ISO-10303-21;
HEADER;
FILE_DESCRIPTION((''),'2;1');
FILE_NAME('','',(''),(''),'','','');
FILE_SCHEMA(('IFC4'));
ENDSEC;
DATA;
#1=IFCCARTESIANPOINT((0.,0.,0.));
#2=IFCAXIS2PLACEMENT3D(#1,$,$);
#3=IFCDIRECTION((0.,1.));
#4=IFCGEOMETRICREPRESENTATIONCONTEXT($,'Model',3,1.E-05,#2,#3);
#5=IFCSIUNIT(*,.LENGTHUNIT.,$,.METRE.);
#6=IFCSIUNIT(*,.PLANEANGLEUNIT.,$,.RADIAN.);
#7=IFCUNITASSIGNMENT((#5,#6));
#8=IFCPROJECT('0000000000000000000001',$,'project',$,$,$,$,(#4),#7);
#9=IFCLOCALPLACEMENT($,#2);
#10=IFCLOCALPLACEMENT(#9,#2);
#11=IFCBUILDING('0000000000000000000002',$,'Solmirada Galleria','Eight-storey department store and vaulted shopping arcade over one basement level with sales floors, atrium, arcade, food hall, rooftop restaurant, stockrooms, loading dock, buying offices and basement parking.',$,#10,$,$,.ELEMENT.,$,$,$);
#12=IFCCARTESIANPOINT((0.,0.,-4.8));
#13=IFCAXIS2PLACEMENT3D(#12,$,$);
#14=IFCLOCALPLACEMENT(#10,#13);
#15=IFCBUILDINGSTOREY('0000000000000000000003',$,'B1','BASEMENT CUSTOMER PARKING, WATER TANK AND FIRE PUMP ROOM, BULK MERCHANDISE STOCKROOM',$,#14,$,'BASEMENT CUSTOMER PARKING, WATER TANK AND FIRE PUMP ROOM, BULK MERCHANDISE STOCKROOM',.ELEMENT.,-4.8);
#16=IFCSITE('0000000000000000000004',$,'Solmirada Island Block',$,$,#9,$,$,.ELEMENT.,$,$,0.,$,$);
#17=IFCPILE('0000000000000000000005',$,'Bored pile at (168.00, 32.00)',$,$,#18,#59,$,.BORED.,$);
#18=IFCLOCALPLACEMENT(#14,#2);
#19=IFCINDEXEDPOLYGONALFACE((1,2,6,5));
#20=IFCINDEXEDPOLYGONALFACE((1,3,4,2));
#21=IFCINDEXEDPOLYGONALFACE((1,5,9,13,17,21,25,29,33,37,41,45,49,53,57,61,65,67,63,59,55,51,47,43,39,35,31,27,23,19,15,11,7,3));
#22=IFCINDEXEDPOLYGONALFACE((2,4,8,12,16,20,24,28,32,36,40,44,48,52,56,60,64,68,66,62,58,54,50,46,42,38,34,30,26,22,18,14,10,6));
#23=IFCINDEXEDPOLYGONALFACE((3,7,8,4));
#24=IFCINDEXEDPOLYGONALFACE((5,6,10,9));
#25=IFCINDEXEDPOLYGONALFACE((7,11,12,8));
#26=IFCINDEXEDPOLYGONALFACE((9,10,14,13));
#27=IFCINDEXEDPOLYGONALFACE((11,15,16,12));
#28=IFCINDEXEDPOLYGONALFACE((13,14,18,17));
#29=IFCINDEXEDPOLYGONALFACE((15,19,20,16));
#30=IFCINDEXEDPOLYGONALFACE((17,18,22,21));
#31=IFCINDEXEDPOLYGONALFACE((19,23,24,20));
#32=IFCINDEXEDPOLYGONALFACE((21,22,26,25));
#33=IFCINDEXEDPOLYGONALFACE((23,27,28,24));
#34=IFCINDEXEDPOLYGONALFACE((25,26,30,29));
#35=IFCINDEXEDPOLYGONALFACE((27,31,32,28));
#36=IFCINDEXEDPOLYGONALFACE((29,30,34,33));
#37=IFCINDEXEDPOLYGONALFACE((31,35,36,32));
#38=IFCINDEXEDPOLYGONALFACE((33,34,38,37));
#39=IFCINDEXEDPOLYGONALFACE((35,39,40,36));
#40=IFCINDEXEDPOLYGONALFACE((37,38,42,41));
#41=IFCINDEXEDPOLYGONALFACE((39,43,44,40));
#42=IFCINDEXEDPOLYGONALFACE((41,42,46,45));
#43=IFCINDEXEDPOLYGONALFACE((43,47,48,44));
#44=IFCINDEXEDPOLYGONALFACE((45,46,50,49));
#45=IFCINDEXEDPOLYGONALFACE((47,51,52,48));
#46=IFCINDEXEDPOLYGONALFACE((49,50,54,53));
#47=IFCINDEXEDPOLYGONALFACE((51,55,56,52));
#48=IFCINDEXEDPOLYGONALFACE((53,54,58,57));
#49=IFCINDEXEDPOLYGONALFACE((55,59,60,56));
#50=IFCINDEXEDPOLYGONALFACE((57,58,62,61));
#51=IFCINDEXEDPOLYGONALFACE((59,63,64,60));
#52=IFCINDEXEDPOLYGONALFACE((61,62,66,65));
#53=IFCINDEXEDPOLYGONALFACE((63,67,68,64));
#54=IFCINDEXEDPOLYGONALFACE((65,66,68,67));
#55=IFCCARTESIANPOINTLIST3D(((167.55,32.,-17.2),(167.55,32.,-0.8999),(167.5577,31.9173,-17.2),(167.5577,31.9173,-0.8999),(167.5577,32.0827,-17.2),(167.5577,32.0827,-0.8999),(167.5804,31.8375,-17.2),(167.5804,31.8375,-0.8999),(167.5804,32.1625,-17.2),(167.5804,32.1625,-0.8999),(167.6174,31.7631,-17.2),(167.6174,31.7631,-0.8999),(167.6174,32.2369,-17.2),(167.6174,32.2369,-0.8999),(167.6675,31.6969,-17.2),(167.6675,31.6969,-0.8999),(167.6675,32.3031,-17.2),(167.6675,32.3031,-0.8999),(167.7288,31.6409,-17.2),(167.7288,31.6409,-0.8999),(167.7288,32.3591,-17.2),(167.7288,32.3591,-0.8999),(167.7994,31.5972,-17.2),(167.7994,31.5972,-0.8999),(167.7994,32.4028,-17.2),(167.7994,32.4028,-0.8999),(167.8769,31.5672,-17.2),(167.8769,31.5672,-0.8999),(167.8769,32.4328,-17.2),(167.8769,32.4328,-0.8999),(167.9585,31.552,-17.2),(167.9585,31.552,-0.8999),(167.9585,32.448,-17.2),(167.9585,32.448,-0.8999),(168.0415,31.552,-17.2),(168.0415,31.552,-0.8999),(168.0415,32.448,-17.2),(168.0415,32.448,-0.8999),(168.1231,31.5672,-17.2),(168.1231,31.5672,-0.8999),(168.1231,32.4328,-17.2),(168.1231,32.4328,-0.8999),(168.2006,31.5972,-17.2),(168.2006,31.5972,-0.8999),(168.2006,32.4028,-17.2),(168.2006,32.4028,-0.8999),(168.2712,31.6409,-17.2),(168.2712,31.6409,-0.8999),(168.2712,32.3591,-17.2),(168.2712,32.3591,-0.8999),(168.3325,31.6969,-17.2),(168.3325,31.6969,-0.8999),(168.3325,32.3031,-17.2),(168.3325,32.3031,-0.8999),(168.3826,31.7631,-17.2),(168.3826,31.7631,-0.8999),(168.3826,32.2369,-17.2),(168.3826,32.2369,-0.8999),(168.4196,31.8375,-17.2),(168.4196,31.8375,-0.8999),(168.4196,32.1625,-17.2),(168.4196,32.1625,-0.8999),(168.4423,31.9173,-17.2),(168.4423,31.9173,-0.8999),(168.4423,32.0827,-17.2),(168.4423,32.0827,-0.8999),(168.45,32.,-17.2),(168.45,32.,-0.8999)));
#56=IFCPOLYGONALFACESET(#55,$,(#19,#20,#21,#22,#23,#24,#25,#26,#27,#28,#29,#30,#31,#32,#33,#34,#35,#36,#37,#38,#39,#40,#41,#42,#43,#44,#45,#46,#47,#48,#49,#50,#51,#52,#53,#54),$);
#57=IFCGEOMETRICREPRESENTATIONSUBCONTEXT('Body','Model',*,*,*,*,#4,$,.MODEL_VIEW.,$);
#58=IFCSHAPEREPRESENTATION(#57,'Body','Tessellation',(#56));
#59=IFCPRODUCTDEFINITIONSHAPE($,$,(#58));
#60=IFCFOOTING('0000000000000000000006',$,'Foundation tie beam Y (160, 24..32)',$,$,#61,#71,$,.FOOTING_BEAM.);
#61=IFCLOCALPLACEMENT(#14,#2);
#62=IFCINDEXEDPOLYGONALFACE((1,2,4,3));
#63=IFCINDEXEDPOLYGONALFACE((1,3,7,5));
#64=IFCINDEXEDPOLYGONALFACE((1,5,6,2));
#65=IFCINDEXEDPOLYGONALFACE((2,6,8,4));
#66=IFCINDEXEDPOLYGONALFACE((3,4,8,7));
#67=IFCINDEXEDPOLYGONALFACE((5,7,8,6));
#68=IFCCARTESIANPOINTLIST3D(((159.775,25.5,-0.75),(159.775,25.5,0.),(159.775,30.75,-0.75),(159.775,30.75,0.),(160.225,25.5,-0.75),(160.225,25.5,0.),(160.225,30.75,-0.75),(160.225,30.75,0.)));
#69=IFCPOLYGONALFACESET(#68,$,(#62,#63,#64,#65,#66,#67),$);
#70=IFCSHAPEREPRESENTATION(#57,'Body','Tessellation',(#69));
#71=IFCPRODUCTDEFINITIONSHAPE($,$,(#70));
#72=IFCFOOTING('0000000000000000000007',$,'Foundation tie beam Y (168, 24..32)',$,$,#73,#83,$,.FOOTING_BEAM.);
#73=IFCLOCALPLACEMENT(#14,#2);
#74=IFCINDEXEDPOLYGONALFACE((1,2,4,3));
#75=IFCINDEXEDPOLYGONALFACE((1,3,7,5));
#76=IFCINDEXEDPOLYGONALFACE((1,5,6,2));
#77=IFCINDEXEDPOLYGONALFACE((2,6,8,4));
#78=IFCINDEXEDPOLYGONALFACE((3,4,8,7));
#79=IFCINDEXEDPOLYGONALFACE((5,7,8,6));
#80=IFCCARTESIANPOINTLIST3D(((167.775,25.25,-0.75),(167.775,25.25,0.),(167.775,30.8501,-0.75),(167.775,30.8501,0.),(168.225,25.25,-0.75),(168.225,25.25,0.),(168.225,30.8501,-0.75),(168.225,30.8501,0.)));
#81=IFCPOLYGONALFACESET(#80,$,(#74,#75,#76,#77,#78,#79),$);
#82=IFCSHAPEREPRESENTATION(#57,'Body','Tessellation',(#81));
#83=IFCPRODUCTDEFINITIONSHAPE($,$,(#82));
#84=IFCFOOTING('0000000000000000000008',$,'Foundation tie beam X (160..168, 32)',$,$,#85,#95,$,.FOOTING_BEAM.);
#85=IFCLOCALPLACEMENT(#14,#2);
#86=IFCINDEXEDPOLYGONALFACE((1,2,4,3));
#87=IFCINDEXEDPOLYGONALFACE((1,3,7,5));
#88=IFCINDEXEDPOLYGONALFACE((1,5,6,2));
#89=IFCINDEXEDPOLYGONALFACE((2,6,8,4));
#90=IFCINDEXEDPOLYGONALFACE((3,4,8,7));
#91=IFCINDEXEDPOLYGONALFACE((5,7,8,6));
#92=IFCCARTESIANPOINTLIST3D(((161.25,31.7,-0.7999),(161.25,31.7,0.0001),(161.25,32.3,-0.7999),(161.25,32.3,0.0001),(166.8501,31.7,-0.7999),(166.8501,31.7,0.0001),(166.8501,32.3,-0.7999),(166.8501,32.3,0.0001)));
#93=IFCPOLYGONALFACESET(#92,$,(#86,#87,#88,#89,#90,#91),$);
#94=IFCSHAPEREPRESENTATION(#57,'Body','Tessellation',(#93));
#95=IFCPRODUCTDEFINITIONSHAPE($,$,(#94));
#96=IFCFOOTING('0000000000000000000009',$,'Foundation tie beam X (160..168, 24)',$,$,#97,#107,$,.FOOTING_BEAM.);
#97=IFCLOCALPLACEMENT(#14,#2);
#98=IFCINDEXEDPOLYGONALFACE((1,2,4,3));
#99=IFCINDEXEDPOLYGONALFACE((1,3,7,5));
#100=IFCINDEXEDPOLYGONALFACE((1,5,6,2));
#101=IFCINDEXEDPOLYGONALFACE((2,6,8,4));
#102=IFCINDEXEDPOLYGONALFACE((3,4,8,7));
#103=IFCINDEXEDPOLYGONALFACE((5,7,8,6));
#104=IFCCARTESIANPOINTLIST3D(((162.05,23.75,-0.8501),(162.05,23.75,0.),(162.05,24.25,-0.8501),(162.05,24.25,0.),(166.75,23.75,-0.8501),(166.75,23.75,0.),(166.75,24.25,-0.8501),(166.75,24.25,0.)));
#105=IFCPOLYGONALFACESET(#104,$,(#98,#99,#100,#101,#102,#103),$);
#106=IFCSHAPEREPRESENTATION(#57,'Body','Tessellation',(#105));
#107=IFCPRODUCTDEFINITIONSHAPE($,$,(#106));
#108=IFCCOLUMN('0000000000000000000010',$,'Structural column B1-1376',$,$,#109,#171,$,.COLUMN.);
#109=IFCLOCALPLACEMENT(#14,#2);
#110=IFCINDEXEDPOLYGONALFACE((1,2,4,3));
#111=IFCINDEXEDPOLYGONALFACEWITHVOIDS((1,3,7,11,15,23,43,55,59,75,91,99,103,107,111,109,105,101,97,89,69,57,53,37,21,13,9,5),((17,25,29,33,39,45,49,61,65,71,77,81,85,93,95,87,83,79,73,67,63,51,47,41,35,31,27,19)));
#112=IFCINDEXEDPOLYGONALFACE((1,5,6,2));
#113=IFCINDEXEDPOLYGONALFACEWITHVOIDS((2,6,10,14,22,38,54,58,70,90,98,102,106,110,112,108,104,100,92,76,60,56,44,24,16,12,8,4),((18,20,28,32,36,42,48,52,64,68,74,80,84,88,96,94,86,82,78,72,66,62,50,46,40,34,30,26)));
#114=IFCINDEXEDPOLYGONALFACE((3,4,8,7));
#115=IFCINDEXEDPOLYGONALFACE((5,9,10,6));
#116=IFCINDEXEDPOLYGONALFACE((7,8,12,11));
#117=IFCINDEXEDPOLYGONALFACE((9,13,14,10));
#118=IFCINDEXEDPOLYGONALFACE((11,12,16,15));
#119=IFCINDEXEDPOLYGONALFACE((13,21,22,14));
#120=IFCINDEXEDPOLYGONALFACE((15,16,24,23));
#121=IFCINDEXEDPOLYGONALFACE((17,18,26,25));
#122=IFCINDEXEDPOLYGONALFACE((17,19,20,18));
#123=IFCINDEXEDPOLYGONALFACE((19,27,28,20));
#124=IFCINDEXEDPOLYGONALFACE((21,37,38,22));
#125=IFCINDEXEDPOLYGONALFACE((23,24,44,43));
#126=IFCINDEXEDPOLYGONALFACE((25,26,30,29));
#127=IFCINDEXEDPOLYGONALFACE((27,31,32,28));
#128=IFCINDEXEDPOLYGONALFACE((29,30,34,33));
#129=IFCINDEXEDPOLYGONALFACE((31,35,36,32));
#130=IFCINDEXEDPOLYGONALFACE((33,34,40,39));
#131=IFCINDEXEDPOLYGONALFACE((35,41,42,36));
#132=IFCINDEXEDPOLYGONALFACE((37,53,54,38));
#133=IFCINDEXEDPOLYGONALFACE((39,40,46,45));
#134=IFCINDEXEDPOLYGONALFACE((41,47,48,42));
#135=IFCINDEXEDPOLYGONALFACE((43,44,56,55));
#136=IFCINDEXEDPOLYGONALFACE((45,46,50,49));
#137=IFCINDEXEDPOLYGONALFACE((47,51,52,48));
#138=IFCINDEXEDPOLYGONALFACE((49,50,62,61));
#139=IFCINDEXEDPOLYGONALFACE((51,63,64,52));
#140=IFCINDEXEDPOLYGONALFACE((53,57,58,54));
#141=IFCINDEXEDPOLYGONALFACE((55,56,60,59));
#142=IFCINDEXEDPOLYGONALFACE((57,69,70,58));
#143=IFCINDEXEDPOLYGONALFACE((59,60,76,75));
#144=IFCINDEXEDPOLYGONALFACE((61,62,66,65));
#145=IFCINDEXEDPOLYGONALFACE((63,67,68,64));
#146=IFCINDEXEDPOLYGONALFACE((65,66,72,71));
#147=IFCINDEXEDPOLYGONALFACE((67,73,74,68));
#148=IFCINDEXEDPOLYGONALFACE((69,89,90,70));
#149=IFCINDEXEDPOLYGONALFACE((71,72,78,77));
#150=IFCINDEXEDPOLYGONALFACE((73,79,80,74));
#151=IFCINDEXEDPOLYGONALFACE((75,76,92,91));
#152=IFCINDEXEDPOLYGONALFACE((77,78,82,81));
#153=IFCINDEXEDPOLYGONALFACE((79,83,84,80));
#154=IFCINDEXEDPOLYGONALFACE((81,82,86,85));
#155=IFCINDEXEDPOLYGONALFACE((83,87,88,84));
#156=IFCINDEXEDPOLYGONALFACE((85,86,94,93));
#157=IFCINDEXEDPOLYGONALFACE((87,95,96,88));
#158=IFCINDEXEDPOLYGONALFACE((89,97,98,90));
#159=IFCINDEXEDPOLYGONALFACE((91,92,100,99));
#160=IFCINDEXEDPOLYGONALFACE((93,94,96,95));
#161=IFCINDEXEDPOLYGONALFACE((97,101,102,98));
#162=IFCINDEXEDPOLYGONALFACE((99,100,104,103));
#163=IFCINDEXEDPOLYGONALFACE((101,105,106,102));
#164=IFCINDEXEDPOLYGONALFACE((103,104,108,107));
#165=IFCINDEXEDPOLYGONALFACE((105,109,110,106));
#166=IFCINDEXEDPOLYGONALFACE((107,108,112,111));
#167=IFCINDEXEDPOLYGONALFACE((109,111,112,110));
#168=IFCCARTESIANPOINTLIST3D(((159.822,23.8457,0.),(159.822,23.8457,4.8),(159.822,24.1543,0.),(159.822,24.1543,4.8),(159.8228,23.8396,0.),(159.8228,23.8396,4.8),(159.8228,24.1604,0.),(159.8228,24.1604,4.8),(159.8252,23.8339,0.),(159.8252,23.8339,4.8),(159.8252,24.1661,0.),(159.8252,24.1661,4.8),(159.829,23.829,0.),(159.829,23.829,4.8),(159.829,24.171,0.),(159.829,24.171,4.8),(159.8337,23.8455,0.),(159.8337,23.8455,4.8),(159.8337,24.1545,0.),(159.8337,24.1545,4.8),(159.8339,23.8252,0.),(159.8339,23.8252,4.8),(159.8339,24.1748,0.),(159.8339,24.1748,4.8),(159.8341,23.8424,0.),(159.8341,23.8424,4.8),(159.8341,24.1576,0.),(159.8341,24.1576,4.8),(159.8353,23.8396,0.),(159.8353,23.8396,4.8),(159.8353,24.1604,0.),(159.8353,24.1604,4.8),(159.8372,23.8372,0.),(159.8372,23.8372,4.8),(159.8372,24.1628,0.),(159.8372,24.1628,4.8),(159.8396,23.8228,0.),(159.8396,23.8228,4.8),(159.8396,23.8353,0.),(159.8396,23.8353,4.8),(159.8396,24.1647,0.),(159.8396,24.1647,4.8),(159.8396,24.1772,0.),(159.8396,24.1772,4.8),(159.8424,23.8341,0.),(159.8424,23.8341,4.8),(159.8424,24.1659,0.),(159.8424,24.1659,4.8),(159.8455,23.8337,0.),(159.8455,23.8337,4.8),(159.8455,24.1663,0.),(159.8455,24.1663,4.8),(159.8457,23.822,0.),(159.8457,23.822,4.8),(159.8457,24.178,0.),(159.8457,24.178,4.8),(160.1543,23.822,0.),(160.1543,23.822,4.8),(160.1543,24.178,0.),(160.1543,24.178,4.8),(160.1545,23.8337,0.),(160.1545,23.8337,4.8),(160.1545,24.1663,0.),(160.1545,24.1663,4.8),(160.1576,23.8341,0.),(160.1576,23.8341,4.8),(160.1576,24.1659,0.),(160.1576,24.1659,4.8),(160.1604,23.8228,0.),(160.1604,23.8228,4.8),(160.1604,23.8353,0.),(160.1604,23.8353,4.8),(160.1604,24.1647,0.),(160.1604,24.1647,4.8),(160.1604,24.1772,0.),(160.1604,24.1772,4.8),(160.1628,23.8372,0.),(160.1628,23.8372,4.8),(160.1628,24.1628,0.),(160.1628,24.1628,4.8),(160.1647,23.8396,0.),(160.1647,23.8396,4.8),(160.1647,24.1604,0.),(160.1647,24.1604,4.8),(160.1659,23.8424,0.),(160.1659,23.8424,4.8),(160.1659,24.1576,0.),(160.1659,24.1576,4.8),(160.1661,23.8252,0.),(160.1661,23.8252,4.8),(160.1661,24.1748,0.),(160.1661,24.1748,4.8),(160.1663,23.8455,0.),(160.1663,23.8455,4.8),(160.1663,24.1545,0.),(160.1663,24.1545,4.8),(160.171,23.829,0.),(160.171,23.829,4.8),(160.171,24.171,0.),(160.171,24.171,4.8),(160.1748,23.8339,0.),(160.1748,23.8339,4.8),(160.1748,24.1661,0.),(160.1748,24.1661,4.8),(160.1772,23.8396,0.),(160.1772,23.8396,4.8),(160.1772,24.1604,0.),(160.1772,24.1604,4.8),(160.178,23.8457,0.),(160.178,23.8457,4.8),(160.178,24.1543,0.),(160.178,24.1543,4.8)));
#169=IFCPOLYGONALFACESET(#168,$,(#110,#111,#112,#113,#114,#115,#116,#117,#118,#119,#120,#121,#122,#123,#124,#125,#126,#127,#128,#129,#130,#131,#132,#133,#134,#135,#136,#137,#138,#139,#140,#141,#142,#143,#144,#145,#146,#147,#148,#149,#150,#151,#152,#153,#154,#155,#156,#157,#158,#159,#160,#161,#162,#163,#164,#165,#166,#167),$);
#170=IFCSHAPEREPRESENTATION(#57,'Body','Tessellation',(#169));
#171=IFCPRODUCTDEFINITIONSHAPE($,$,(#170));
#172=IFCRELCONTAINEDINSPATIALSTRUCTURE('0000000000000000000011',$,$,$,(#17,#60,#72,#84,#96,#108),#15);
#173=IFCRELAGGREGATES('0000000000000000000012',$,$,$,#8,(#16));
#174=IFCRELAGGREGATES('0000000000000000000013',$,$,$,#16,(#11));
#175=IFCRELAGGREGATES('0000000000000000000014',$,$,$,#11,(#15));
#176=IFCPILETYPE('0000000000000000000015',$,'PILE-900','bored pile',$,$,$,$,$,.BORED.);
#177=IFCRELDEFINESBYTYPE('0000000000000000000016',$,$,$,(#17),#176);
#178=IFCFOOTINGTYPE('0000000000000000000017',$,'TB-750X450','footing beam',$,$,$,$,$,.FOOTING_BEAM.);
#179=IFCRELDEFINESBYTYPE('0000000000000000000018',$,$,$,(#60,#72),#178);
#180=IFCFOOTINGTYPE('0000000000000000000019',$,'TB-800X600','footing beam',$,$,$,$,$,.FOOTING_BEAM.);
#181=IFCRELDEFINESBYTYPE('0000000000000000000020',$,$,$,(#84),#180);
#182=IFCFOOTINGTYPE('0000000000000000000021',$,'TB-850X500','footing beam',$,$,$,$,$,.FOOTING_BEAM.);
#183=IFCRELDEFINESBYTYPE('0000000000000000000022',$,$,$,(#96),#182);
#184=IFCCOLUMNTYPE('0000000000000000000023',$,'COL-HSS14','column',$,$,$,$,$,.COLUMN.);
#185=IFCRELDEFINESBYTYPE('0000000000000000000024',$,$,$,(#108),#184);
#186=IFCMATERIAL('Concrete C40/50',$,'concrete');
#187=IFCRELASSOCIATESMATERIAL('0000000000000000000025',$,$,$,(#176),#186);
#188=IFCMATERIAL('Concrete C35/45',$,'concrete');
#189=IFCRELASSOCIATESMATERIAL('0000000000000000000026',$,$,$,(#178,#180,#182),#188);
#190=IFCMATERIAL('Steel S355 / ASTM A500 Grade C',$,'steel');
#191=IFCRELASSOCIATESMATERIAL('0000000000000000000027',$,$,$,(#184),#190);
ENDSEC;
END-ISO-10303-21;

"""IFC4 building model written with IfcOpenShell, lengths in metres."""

from ifc_helpers import new_model, si_unit, direction, frame, origin, origin_2d, place, context, subcontext, project, spatial, rectangle, hollow_rectangle, circle, extrude, material, material_profile, profile_set, type_object, element, save


model = new_model("IFC4")

# Units and contexts
model_context = context("Model", 3, precision=1e-05, world=origin(), true_north=direction((0.0, 1.0)))
body_context = subcontext(model_context, "Body", "Model", "MODEL_VIEW")
ifc_project = project(units=[si_unit("LENGTHUNIT", "METRE"), si_unit("PLANEANGLEUNIT", "RADIAN")], contexts=[model_context])

# Site, building, storey
site_placement = place(None, origin())
site = spatial("IfcSite", under=ifc_project, at=site_placement, Name="Solmirada Island Block", CompositionType="ELEMENT", RefElevation=0.0)
building_placement = place(site_placement, origin())
building = spatial("IfcBuilding", under=site, at=building_placement, Name="Solmirada Galleria", Description="Eight-storey department store and vaulted shopping arcade over one basement level with sales floors, atrium, arcade, food hall, rooftop restaurant, stockrooms, loading dock, buying offices and basement parking.", CompositionType="ELEMENT")
storey_placement = place(building_placement, frame((0.0, 0.0, -4.8)))
storey = spatial("IfcBuildingStorey", under=building, at=storey_placement, Name="B1", Description="BASEMENT CUSTOMER PARKING, WATER TANK AND FIRE PUMP ROOM, BULK MERCHANDISE STOCKROOM", LongName="BASEMENT CUSTOMER PARKING, WATER TANK AND FIRE PUMP ROOM, BULK MERCHANDISE STOCKROOM", CompositionType="ELEMENT", Elevation=-4.8)

# Shared definitions
ifc_material_1 = material(Name="Concrete C35/45", Category="concrete")

# Pile
ifc_material_2 = material(Name="Concrete C40/50", Category="concrete")
ifc_material_profile_1 = material_profile(ifc_material_2, circle(Radius=0.45, at=origin_2d()), Name="PILE900")
ifc_profile_set_1 = profile_set([ifc_material_profile_1], Name="Concrete C40/50")
pile_type = type_object("IfcPileType", Name="PILE-900", Description="bored pile", PredefinedType="BORED", material=ifc_profile_set_1)
for number, where, z_axis, x_axis, name in (
    (1, (168.0, 32.0, -0.8999), (0.0, 0.0, -1.0), (1.0, 0.0, 0.0), "Bored pile at (168.00, 32.00)"),
):
    element("IfcPile", number, at=place(storey_placement, frame(where, z_axis=z_axis, x_axis=x_axis)), inside=storey, type_object=pile_type, Name=name, PredefinedType="BORED", context=body_context, shape_type="SweptSolid", body=[
        extrude(circle(Radius=0.45, at=origin_2d()), origin(), (0.0, 0.0, 1.0), 16.3),
    ])

# Footings
ifc_material_profile_2 = material_profile(ifc_material_1, rectangle(XDim=0.45, YDim=0.75, at=origin_2d()), Name="RC750X450")
ifc_profile_set_2 = profile_set([ifc_material_profile_2], Name="Concrete C35/45")
footing_type_1 = type_object("IfcFootingType", Name="TB-750X450", Description="footing beam", PredefinedType="FOOTING_BEAM", material=ifc_profile_set_2)
footing_1_placement = place(storey_placement, frame((160.0, 25.5, -0.375), z_axis=(0.0, 1.0, 0.0), x_axis=(-1.0, 0.0, 0.0)))
element("IfcFooting", 2, at=footing_1_placement, inside=storey, type_object=footing_type_1, Name="Foundation tie beam Y (160, 24..32)", PredefinedType="FOOTING_BEAM", context=body_context, shape_type="SweptSolid", body=[
    extrude(rectangle(XDim=0.45, YDim=0.75, at=origin_2d()), origin(), (0.0, 0.0, 1.0), 5.25),
])
footing_2_placement = place(storey_placement, frame((168.0, 25.25, -0.375), z_axis=(0.0, 1.0, 0.0), x_axis=(-1.0, 0.0, 0.0)))
element("IfcFooting", 3, at=footing_2_placement, inside=storey, type_object=footing_type_1, Name="Foundation tie beam Y (168, 24..32)", PredefinedType="FOOTING_BEAM", context=body_context, shape_type="SweptSolid", body=[
    extrude(rectangle(XDim=0.45, YDim=0.75, at=origin_2d()), origin(), (0.0, 0.0, 1.0), 5.6001),
])
ifc_material_profile_3 = material_profile(ifc_material_1, rectangle(XDim=0.6001, YDim=0.8, at=origin_2d()), Name="RC800X600")
ifc_profile_set_3 = profile_set([ifc_material_profile_3], Name="Concrete C35/45")
footing_type_2 = type_object("IfcFootingType", Name="TB-800X600", Description="footing beam", PredefinedType="FOOTING_BEAM", material=ifc_profile_set_3)
footing_3_placement = place(storey_placement, frame((161.25, 32.0, -0.3999), z_axis=(1.0, 0.0, 0.0), x_axis=(0.0, 1.0, 0.0)))
element("IfcFooting", 4, at=footing_3_placement, inside=storey, type_object=footing_type_2, Name="Foundation tie beam X (160..168, 32)", PredefinedType="FOOTING_BEAM", context=body_context, shape_type="SweptSolid", body=[
    extrude(rectangle(XDim=0.6001, YDim=0.8, at=origin_2d()), origin(), (0.0, 0.0, 1.0), 5.6001),
])
ifc_material_profile_4 = material_profile(ifc_material_1, rectangle(XDim=0.5, YDim=0.8501, at=origin_2d()), Name="RC850X500")
ifc_profile_set_4 = profile_set([ifc_material_profile_4], Name="Concrete C35/45")
footing_type_3 = type_object("IfcFootingType", Name="TB-850X500", Description="footing beam", PredefinedType="FOOTING_BEAM", material=ifc_profile_set_4)
footing_4_placement = place(storey_placement, frame((162.05, 24.0, -0.425), z_axis=(1.0, 0.0, 0.0), x_axis=(0.0, 1.0, 0.0)))
element("IfcFooting", 5, at=footing_4_placement, inside=storey, type_object=footing_type_3, Name="Foundation tie beam X (160..168, 24)", PredefinedType="FOOTING_BEAM", context=body_context, shape_type="SweptSolid", body=[
    extrude(rectangle(XDim=0.5, YDim=0.8501, at=origin_2d()), origin(), (0.0, 0.0, 1.0), 4.7),
])

# Column
ifc_material_3 = material(Name="Steel S355 / ASTM A500 Grade C", Category="steel")
ifc_material_profile_5 = material_profile(ifc_material_3, hollow_rectangle(XDim=0.356, YDim=0.356, WallThickness=0.0117, InnerFilletRadius=0.0117, OuterFilletRadius=0.0237, at=origin_2d()), Name="HSS14X14X1/2")
ifc_profile_set_5 = profile_set([ifc_material_profile_5], Name="Steel S355 / ASTM A500 Grade C")
column_type = type_object("IfcColumnType", Name="COL-HSS14", Description="column", PredefinedType="COLUMN", material=ifc_profile_set_5)
for number, where, z_axis, x_axis, name in (
    (6, (160.0, 24.0, 0.0), (0.0, 0.0, 1.0), (1.0, 0.0, 0.0), "Structural column B1-1376"),
):
    element("IfcColumn", number, at=place(storey_placement, frame(where, z_axis=z_axis, x_axis=x_axis)), inside=storey, type_object=column_type, Name=name, PredefinedType="COLUMN", context=body_context, shape_type="SweptSolid", body=[
        extrude(hollow_rectangle(XDim=0.356, YDim=0.356, WallThickness=0.0117, InnerFilletRadius=0.0117, OuterFilletRadius=0.0237, at=origin_2d()), origin(), (0.0, 0.0, 1.0), 4.8),
    ])

save(model, "model.ifc")
